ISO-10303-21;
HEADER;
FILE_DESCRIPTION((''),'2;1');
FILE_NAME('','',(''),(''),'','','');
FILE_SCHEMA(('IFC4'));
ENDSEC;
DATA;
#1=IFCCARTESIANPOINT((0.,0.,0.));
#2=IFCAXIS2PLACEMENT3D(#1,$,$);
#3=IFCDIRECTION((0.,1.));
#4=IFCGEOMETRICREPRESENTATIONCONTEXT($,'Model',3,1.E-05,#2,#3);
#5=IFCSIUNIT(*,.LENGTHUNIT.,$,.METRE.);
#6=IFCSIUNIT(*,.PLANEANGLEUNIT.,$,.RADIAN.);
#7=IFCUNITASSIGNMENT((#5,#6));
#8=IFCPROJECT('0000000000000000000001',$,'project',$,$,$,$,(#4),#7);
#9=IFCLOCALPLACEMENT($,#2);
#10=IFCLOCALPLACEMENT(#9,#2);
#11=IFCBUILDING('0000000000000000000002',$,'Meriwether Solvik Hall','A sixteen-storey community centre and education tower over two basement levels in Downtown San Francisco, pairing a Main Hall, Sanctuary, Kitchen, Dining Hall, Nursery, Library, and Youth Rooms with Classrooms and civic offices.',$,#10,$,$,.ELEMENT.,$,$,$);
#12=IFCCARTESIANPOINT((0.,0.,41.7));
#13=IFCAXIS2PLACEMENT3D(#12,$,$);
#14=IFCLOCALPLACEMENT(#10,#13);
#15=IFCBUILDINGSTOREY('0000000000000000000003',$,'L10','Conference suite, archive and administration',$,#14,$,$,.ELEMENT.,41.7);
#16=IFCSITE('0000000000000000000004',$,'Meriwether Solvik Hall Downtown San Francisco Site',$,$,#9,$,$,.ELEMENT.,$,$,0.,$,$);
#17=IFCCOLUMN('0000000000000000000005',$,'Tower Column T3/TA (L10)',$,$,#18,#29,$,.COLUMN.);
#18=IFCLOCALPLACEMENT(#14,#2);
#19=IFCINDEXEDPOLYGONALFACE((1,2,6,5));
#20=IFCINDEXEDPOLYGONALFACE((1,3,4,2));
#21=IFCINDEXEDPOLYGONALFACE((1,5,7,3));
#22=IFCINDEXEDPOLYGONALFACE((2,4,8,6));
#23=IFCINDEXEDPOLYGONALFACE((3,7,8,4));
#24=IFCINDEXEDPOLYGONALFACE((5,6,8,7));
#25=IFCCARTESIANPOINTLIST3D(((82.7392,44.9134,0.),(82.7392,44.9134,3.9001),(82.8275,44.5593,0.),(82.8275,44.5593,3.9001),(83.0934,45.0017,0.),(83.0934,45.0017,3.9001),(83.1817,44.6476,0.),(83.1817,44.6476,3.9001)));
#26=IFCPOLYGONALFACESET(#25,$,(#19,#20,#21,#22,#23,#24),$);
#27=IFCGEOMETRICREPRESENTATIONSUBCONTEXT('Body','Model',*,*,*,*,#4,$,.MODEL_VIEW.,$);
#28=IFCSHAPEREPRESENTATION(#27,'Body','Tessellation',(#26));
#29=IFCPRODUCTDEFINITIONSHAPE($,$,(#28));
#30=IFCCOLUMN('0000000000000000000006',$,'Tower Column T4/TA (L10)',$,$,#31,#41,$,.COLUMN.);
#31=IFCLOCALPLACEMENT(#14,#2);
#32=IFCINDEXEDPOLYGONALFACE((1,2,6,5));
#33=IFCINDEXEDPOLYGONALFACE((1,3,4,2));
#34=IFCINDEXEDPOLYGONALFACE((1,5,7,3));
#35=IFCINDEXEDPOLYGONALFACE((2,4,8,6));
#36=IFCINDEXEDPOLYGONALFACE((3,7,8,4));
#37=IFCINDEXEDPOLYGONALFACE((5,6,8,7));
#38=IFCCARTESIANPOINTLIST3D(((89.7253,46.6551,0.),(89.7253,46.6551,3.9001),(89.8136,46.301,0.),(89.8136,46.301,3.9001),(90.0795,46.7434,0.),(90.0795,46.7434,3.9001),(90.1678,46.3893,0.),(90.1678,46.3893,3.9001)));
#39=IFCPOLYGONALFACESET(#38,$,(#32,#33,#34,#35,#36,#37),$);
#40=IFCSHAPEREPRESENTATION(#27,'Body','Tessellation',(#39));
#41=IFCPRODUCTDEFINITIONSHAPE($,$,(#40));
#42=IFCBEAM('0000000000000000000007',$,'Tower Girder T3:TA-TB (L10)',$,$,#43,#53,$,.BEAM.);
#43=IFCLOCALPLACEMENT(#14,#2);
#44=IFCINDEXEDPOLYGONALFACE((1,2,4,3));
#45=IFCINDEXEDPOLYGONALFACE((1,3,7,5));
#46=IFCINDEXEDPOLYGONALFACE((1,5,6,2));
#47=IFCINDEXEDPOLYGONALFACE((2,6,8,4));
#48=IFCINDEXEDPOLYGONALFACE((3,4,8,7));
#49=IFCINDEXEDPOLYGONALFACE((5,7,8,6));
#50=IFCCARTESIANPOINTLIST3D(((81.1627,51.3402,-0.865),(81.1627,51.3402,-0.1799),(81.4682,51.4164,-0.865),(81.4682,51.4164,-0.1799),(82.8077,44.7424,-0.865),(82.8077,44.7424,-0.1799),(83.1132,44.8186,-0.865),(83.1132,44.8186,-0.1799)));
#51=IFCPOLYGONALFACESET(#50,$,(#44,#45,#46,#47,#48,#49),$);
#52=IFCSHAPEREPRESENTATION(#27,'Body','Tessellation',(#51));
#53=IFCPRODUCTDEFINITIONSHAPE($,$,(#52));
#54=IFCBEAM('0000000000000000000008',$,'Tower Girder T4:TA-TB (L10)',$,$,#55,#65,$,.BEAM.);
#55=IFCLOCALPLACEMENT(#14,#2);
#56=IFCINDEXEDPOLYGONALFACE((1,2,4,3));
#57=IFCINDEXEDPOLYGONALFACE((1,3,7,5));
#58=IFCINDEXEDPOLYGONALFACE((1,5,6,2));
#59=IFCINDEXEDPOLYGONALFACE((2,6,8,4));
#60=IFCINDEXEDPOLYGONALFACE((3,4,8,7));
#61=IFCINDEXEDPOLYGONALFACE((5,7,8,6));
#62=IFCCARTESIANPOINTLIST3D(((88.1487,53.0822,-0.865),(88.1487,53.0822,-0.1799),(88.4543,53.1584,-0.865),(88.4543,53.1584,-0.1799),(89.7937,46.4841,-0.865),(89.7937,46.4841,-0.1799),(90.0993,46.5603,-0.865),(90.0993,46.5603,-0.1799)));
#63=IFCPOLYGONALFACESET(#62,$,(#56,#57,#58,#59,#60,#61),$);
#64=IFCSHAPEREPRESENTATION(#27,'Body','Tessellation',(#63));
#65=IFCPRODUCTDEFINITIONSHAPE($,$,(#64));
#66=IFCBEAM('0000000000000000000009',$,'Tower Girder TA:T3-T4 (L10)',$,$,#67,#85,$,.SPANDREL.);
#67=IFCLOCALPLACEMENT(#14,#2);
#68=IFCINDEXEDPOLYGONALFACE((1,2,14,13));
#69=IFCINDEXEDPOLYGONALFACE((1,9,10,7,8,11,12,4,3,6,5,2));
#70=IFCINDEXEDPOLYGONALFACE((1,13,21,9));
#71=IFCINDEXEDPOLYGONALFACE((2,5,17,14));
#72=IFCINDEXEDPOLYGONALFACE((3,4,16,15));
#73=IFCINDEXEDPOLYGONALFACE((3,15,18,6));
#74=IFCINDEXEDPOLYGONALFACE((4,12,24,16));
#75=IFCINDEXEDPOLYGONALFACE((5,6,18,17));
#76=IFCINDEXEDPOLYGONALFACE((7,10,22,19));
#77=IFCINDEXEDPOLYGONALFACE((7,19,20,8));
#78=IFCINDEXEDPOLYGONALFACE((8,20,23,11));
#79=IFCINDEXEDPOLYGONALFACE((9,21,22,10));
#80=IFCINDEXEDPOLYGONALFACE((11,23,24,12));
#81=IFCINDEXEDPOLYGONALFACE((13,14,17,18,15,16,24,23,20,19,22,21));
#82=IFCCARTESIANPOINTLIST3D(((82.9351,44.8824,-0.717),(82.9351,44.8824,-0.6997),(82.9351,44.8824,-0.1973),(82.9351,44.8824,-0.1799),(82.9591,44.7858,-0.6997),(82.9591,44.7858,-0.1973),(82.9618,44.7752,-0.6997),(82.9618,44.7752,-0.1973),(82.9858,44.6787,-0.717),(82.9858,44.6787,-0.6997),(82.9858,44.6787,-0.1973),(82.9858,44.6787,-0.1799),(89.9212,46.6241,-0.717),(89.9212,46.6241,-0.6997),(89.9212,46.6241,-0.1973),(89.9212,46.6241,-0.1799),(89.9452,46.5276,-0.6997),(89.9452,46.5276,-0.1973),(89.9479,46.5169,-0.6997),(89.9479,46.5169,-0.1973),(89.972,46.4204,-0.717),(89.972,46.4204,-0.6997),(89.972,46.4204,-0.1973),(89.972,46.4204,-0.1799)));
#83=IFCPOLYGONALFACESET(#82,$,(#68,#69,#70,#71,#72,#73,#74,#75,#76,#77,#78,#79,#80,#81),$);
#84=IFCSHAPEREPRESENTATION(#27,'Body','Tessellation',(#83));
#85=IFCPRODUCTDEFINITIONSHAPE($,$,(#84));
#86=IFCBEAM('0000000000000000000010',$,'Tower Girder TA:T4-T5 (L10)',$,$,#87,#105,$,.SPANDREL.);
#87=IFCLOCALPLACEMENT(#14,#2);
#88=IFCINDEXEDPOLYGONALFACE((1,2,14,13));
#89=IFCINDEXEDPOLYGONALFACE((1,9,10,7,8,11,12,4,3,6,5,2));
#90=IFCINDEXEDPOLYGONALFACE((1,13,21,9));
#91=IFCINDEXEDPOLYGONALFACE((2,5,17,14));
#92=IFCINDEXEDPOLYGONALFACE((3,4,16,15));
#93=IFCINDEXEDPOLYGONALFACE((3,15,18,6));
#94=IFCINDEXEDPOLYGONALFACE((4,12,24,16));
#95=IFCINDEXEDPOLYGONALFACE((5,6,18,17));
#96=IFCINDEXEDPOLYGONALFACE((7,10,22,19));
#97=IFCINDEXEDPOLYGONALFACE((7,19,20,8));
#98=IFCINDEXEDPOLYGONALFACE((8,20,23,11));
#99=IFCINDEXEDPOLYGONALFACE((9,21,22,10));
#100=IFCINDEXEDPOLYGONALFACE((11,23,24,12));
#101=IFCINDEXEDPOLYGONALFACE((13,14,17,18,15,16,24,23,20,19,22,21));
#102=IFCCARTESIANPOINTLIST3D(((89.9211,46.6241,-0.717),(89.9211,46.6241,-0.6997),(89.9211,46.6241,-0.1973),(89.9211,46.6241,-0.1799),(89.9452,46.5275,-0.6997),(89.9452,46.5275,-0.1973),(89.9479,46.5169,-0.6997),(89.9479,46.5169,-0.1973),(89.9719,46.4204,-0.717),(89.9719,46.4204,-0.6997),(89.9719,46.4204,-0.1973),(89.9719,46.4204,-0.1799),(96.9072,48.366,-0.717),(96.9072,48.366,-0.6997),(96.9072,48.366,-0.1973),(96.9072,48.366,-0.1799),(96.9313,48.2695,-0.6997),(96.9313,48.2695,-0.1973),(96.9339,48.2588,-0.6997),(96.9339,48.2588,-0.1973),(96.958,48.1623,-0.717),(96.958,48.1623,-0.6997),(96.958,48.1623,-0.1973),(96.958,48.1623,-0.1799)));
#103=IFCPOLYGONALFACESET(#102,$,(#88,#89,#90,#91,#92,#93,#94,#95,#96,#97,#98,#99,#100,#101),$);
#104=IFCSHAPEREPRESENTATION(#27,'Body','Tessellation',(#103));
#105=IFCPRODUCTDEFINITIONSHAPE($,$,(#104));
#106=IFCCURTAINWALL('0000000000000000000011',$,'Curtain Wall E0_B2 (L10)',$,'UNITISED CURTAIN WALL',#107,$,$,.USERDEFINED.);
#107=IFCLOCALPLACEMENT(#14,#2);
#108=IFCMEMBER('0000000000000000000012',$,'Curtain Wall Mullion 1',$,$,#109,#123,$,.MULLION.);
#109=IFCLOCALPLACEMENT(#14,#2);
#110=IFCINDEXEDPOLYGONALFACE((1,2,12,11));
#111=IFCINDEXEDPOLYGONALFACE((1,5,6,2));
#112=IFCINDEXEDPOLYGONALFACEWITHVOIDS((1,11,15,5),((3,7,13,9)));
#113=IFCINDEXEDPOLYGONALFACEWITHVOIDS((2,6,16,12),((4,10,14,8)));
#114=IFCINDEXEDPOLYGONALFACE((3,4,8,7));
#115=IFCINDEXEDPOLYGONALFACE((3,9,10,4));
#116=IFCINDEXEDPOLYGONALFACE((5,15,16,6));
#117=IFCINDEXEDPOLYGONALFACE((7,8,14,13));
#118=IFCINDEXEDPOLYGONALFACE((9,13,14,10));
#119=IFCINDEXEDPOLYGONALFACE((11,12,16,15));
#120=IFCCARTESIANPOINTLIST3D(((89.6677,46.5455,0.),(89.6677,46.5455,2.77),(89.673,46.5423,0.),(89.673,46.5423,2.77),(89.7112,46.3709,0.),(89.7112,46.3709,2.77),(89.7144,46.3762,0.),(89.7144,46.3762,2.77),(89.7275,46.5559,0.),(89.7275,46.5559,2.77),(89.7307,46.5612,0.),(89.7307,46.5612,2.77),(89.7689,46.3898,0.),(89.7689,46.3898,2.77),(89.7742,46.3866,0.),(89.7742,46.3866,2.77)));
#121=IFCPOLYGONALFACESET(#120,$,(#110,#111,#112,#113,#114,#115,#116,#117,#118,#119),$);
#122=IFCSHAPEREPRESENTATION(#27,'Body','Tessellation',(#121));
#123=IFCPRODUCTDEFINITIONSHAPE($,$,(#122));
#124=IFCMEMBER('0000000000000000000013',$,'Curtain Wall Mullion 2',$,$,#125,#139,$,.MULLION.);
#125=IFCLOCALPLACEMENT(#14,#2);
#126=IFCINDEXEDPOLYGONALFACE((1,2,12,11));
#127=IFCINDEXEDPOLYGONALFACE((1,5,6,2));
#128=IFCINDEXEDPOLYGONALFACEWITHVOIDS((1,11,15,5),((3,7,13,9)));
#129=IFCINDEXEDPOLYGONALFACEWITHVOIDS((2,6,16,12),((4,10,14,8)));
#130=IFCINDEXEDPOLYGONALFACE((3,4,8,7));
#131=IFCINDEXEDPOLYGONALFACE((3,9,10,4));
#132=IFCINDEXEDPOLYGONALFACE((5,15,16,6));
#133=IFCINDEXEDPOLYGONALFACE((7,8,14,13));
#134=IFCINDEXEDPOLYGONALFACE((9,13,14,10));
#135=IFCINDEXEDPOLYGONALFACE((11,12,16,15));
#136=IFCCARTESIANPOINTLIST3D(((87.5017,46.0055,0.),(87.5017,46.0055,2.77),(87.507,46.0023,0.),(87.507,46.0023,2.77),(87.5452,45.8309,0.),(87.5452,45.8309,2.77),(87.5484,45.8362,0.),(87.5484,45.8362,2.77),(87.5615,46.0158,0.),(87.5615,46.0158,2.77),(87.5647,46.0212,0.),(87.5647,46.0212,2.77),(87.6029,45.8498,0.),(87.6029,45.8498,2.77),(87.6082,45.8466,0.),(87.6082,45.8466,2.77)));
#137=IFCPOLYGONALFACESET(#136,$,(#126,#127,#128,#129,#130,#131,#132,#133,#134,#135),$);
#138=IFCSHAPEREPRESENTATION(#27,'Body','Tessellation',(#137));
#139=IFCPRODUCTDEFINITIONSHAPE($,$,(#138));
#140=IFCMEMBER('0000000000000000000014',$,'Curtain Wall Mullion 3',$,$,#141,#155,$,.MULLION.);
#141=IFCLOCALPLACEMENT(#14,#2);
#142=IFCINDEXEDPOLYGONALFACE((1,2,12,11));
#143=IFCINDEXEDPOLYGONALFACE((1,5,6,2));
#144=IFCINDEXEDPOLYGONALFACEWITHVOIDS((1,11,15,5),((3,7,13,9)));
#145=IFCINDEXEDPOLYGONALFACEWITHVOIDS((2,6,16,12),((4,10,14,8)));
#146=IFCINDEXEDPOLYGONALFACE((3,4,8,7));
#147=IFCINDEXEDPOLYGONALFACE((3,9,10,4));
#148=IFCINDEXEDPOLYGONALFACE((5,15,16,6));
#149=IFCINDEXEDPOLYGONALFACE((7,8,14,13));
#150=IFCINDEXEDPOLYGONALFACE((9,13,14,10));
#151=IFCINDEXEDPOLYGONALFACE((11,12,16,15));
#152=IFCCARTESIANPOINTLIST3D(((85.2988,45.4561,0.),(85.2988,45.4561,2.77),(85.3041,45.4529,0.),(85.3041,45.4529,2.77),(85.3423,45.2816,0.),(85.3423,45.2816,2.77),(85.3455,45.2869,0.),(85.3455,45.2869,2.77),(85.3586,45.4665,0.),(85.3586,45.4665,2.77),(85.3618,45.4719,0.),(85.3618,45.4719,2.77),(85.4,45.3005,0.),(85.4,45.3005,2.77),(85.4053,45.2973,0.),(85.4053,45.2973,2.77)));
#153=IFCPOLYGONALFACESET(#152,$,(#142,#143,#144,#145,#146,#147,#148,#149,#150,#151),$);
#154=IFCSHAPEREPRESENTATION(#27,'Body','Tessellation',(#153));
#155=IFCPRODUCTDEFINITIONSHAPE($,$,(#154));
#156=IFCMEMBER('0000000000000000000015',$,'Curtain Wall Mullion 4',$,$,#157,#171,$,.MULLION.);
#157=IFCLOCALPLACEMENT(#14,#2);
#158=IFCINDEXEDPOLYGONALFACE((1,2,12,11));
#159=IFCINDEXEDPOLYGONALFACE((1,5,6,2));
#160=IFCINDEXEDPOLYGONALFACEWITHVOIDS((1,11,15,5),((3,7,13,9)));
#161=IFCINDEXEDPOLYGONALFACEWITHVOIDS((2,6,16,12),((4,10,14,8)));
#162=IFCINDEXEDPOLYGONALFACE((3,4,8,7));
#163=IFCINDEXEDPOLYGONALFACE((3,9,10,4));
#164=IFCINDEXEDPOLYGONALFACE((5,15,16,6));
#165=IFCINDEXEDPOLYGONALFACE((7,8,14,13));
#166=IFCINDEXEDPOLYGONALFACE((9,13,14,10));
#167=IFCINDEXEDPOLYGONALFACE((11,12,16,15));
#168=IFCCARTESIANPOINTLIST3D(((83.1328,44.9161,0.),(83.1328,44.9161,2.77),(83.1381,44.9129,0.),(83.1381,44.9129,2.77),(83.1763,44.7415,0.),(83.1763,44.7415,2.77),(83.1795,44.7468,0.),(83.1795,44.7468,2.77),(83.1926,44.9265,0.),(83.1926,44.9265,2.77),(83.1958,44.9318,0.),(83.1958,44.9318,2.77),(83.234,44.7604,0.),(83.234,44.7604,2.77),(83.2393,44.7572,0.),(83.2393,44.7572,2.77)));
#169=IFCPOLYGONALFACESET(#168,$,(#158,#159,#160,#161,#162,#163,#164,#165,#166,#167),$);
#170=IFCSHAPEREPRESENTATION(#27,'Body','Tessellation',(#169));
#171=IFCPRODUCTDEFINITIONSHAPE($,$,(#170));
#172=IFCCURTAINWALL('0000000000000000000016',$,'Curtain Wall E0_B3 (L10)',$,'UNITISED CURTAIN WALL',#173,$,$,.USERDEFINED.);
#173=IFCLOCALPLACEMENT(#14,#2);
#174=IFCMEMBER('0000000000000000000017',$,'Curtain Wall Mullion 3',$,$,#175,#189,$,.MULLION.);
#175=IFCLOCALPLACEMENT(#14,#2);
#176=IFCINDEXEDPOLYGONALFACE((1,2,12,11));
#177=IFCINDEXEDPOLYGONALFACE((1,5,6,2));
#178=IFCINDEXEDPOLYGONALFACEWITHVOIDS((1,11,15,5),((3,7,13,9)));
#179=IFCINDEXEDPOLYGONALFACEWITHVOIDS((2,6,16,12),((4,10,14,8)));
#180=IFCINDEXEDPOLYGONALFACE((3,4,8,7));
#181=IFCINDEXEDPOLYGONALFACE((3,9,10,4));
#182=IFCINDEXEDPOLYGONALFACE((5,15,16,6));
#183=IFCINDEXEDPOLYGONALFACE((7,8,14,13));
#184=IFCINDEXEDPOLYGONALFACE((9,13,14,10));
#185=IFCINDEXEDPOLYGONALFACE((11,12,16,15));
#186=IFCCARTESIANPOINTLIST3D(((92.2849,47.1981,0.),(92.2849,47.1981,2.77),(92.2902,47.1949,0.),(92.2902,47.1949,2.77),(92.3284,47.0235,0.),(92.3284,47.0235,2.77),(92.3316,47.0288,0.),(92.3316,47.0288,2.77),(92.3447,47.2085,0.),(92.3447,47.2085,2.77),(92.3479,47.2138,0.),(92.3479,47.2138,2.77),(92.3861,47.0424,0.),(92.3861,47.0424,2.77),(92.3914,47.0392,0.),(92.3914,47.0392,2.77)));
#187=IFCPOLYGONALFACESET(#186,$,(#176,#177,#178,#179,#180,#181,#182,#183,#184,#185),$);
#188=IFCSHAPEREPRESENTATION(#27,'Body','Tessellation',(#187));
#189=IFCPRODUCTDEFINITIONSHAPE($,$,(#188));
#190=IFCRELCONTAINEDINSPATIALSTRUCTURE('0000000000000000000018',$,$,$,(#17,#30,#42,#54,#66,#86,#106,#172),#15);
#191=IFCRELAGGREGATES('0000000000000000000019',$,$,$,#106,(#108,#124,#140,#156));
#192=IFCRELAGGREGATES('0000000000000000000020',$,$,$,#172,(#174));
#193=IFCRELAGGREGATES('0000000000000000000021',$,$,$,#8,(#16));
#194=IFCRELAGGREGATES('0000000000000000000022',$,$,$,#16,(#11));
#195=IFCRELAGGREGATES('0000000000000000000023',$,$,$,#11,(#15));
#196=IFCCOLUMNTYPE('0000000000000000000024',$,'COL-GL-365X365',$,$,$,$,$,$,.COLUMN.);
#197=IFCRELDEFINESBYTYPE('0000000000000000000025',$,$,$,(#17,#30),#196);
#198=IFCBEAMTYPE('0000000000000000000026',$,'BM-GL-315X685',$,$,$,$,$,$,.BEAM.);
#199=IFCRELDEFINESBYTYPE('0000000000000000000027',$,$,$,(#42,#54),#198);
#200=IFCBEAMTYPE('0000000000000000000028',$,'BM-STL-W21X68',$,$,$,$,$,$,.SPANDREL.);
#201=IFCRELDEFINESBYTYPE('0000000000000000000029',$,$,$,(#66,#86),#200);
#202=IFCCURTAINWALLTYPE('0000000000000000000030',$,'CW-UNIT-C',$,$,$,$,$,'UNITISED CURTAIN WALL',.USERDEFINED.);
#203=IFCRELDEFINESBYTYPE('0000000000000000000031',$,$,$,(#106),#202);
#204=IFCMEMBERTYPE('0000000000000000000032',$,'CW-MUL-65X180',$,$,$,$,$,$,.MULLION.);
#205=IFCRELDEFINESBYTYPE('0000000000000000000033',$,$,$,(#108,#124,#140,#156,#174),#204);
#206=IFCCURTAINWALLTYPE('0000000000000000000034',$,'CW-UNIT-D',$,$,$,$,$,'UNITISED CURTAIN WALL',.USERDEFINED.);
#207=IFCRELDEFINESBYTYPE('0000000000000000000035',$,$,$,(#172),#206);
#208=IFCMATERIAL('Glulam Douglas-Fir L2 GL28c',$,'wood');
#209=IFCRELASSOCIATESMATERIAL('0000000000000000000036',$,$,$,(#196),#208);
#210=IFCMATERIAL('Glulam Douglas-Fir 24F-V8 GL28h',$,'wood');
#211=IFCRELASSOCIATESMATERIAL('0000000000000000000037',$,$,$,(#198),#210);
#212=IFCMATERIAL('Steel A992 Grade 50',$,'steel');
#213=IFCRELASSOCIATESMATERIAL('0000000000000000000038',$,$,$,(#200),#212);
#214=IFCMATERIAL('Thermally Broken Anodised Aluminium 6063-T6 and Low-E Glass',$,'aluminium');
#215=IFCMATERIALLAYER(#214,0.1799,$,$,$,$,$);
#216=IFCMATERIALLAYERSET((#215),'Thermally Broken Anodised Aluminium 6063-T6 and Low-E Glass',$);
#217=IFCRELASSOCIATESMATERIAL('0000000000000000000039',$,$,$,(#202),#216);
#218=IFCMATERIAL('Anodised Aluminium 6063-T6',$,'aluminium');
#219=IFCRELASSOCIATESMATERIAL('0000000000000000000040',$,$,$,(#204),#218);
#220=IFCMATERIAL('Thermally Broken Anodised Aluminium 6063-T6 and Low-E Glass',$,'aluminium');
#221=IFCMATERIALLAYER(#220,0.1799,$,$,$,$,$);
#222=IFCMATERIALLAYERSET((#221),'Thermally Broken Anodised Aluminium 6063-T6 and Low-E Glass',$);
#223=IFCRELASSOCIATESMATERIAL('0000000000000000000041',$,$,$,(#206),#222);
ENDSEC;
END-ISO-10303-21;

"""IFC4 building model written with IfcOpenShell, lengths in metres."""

from ifc_helpers import new_model, si_unit, direction, frame, origin, origin_2d, place, context, subcontext, project, spatial, rectangle, hollow_rectangle, i_section, extrude, material, layer, layer_set, material_profile, profile_set, type_object, element, aggregate, save


model = new_model("IFC4")

# Units and contexts
model_context = context("Model", 3, precision=1e-05, world=origin(), true_north=direction((0.0, 1.0)))
body_context = subcontext(model_context, "Body", "Model", "MODEL_VIEW")
ifc_project = project(units=[si_unit("LENGTHUNIT", "METRE"), si_unit("PLANEANGLEUNIT", "RADIAN")], contexts=[model_context])

# Site, building, storey
site_placement = place(None, origin())
site = spatial("IfcSite", under=ifc_project, at=site_placement, Name="Meriwether Solvik Hall Downtown San Francisco Site", CompositionType="ELEMENT", RefElevation=0.0)
building_placement = place(site_placement, origin())
building = spatial("IfcBuilding", under=site, at=building_placement, Name="Meriwether Solvik Hall", Description="A sixteen-storey community centre and education tower over two basement levels in Downtown San Francisco, pairing a Main Hall, Sanctuary, Kitchen, Dining Hall, Nursery, Library, and Youth Rooms with Classrooms and civic offices.", CompositionType="ELEMENT")
storey_placement = place(building_placement, frame((0.0, 0.0, 41.7)))
storey = spatial("IfcBuildingStorey", under=building, at=storey_placement, Name="L10", Description="Conference suite, archive and administration", CompositionType="ELEMENT", Elevation=41.7)

# Columns
ifc_material_1 = material(Name="Glulam Douglas-Fir L2 GL28c", Category="wood")
ifc_material_profile_1 = material_profile(ifc_material_1, rectangle(XDim=0.365, YDim=0.365, at=origin_2d()), Name="GLC-365X365")
ifc_profile_set_1 = profile_set([ifc_material_profile_1], Name="Glulam Douglas-Fir L2 GL28c")
column_type = type_object("IfcColumnType", Name="COL-GL-365X365", PredefinedType="COLUMN", material=ifc_profile_set_1)
for number, where, z_axis, x_axis, name in (
    (1, (82.9604, 44.7805, 0.0), (0.0, 0.0, 1.0), (0.970296, 0.241922, 0.0), "Tower Column T3/TA (L10)"),
    (2, (89.9465, 46.5222, 0.0), (0.0, 0.0, 1.0), (0.970296, 0.241922, 0.0), "Tower Column T4/TA (L10)"),
):
    element("IfcColumn", number, at=place(storey_placement, frame(where, z_axis=z_axis, x_axis=x_axis)), inside=storey, type_object=column_type, Name=name, PredefinedType="COLUMN", context=body_context, shape_type="SweptSolid", body=[
        extrude(rectangle(XDim=0.365, YDim=0.365, at=origin_2d()), origin(), (0.0, 0.0, 1.0), 3.9001),
    ])

# Beams
ifc_material_2 = material(Name="Glulam Douglas-Fir 24F-V8 GL28h", Category="wood")
ifc_material_profile_2 = material_profile(ifc_material_2, rectangle(XDim=0.3149, YDim=0.6851, at=origin_2d()), Name="GLB-315X685")
ifc_profile_set_2 = profile_set([ifc_material_profile_2], Name="Glulam Douglas-Fir 24F-V8 GL28h")
beam_type_1 = type_object("IfcBeamType", Name="BM-GL-315X685", PredefinedType="BEAM", material=ifc_profile_set_2)
beam_1_placement = place(storey_placement, frame((82.9604, 44.7805, -0.5225), z_axis=(-0.241919, 0.970296, 0.0), x_axis=(-0.970296, -0.241919, 0.0)))
element("IfcBeam", 3, at=beam_1_placement, inside=storey, type_object=beam_type_1, Name="Tower Girder T3:TA-TB (L10)", PredefinedType="BEAM", context=body_context, shape_type="SweptSolid", body=[
    extrude(rectangle(XDim=0.3149, YDim=0.6851, at=origin_2d()), origin(), (0.0, 0.0, 1.0), 6.7998),
])
beam_2_placement = place(storey_placement, frame((89.9465, 46.5222, -0.5225), z_axis=(-0.24191, 0.970299, 0.0), x_axis=(-0.970299, -0.24191, 0.0)))
element("IfcBeam", 4, at=beam_2_placement, inside=storey, type_object=beam_type_1, Name="Tower Girder T4:TA-TB (L10)", PredefinedType="BEAM", context=body_context, shape_type="SweptSolid", body=[
    extrude(rectangle(XDim=0.3149, YDim=0.6851, at=origin_2d()), origin(), (0.0, 0.0, 1.0), 6.8),
])
ifc_material_3 = material(Name="Steel A992 Grade 50", Category="steel")
ifc_material_profile_3 = material_profile(ifc_material_3, i_section(OverallWidth=0.21, OverallDepth=0.5371, WebThickness=0.011, FlangeThickness=0.0173, at=origin_2d()), Name="W21X68")
ifc_profile_set_3 = profile_set([ifc_material_profile_3], Name="Steel A992 Grade 50")
beam_type_2 = type_object("IfcBeamType", Name="BM-STL-W21X68", PredefinedType="SPANDREL", material=ifc_profile_set_3)
for number, where, z_axis, x_axis, name in (
    (5, (82.9604, 44.7805, -0.4485), (0.9703, 0.241905, 0.0), (-0.241905, 0.9703, 0.0), "Tower Girder TA:T3-T4 (L10)"),
    (6, (89.9465, 46.5222, -0.4485), (0.970292, 0.241937, 0.0), (-0.241937, 0.970292, 0.0), "Tower Girder TA:T4-T5 (L10)"),
):
    element("IfcBeam", number, at=place(storey_placement, frame(where, z_axis=z_axis, x_axis=x_axis)), inside=storey, type_object=beam_type_2, Name=name, PredefinedType="SPANDREL", context=body_context, shape_type="SweptSolid", body=[
        extrude(i_section(OverallWidth=0.21, OverallDepth=0.5371, WebThickness=0.011, FlangeThickness=0.0173, at=origin_2d()), origin(), (0.0, 0.0, 1.0), 7.2),
    ])

# Curtain walls, members
ifc_material_4 = material(Name="Thermally Broken Anodised Aluminium 6063-T6 and Low-E Glass", Category="aluminium")
ifc_layer_1 = layer(ifc_material_4, 0.1799)
ifc_layer_set_1 = layer_set([ifc_layer_1], Name="Thermally Broken Anodised Aluminium 6063-T6 and Low-E Glass")
curtain_wall_type_1 = type_object("IfcCurtainWallType", Name="CW-UNIT-C", ElementType="UNITISED CURTAIN WALL", PredefinedType="USERDEFINED", material=ifc_layer_set_1)
curtain_wall_1_placement = place(storey_placement, origin())
curtain_wall_1 = element("IfcCurtainWall", 7, at=curtain_wall_1_placement, inside=storey, type_object=curtain_wall_type_1, Name="Curtain Wall E0_B2 (L10)", ObjectType="UNITISED CURTAIN WALL", PredefinedType="USERDEFINED")
ifc_material_5 = material(Name="Anodised Aluminium 6063-T6", Category="aluminium")
ifc_material_profile_4 = material_profile(ifc_material_5, hollow_rectangle(XDim=0.0649, YDim=0.1799, WallThickness=0.0044, at=origin_2d()), Name="CWM-65X180")
ifc_profile_set_4 = profile_set([ifc_material_profile_4], Name="Anodised Aluminium 6063-T6")
member_type_1 = type_object("IfcMemberType", Name="CW-MUL-65X180", PredefinedType="MULLION", material=ifc_profile_set_4)
member_1_placement = place(storey_placement, frame((89.7209, 46.4661, 0.0), z_axis=(0.0, 0.0, 1.0), x_axis=(-0.970296, -0.241922, 0.0)))
member_1 = element("IfcMember", 8, at=member_1_placement, type_object=member_type_1, Name="Curtain Wall Mullion 1", PredefinedType="MULLION", context=body_context, shape_type="SweptSolid", body=[
    extrude(hollow_rectangle(XDim=0.0649, YDim=0.1799, WallThickness=0.0044, at=origin_2d()), origin(), (0.0, 0.0, 1.0), 2.77),
])
member_2_placement = place(storey_placement, frame((87.5549, 45.926, 0.0), z_axis=(0.0, 0.0, 1.0), x_axis=(-0.970296, -0.241922, 0.0)))
member_2 = element("IfcMember", 9, at=member_2_placement, type_object=member_type_1, Name="Curtain Wall Mullion 2", PredefinedType="MULLION", context=body_context, shape_type="SweptSolid", body=[
    extrude(hollow_rectangle(XDim=0.0649, YDim=0.1799, WallThickness=0.0044, at=origin_2d()), origin(), (0.0, 0.0, 1.0), 2.77),
])
member_3_placement = place(storey_placement, frame((85.3521, 45.3767, 0.0), z_axis=(0.0, 0.0, 1.0), x_axis=(-0.970296, -0.241922, 0.0)))
member_3 = element("IfcMember", 10, at=member_3_placement, type_object=member_type_1, Name="Curtain Wall Mullion 3", PredefinedType="MULLION", context=body_context, shape_type="SweptSolid", body=[
    extrude(hollow_rectangle(XDim=0.0649, YDim=0.1799, WallThickness=0.0044, at=origin_2d()), origin(), (0.0, 0.0, 1.0), 2.77),
])
member_4_placement = place(storey_placement, frame((83.186, 44.8367, 0.0), z_axis=(0.0, 0.0, 1.0), x_axis=(-0.970296, -0.241922, 0.0)))
member_4 = element("IfcMember", 11, at=member_4_placement, type_object=member_type_1, Name="Curtain Wall Mullion 4", PredefinedType="MULLION", context=body_context, shape_type="SweptSolid", body=[
    extrude(hollow_rectangle(XDim=0.0649, YDim=0.1799, WallThickness=0.0044, at=origin_2d()), origin(), (0.0, 0.0, 1.0), 2.77),
])
ifc_material_6 = material(Name="Thermally Broken Anodised Aluminium 6063-T6 and Low-E Glass", Category="aluminium")
ifc_layer_2 = layer(ifc_material_6, 0.1799)
ifc_layer_set_2 = layer_set([ifc_layer_2], Name="Thermally Broken Anodised Aluminium 6063-T6 and Low-E Glass")
curtain_wall_type_2 = type_object("IfcCurtainWallType", Name="CW-UNIT-D", ElementType="UNITISED CURTAIN WALL", PredefinedType="USERDEFINED", material=ifc_layer_set_2)
curtain_wall_2_placement = place(storey_placement, origin())
curtain_wall_2 = element("IfcCurtainWall", 12, at=curtain_wall_2_placement, inside=storey, type_object=curtain_wall_type_2, Name="Curtain Wall E0_B3 (L10)", ObjectType="UNITISED CURTAIN WALL", PredefinedType="USERDEFINED")
member_5_placement = place(storey_placement, frame((92.3381, 47.1187, 0.0), z_axis=(0.0, 0.0, 1.0), x_axis=(-0.970296, -0.241922, 0.0)))
member_5 = element("IfcMember", 13, at=member_5_placement, type_object=member_type_1, Name="Curtain Wall Mullion 3", PredefinedType="MULLION", context=body_context, shape_type="SweptSolid", body=[
    extrude(hollow_rectangle(XDim=0.0649, YDim=0.1799, WallThickness=0.0044, at=origin_2d()), origin(), (0.0, 0.0, 1.0), 2.77),
])

aggregate(curtain_wall_1, [member_1, member_2, member_3, member_4])
aggregate(curtain_wall_2, [member_5])

save(model, "model.ifc")
